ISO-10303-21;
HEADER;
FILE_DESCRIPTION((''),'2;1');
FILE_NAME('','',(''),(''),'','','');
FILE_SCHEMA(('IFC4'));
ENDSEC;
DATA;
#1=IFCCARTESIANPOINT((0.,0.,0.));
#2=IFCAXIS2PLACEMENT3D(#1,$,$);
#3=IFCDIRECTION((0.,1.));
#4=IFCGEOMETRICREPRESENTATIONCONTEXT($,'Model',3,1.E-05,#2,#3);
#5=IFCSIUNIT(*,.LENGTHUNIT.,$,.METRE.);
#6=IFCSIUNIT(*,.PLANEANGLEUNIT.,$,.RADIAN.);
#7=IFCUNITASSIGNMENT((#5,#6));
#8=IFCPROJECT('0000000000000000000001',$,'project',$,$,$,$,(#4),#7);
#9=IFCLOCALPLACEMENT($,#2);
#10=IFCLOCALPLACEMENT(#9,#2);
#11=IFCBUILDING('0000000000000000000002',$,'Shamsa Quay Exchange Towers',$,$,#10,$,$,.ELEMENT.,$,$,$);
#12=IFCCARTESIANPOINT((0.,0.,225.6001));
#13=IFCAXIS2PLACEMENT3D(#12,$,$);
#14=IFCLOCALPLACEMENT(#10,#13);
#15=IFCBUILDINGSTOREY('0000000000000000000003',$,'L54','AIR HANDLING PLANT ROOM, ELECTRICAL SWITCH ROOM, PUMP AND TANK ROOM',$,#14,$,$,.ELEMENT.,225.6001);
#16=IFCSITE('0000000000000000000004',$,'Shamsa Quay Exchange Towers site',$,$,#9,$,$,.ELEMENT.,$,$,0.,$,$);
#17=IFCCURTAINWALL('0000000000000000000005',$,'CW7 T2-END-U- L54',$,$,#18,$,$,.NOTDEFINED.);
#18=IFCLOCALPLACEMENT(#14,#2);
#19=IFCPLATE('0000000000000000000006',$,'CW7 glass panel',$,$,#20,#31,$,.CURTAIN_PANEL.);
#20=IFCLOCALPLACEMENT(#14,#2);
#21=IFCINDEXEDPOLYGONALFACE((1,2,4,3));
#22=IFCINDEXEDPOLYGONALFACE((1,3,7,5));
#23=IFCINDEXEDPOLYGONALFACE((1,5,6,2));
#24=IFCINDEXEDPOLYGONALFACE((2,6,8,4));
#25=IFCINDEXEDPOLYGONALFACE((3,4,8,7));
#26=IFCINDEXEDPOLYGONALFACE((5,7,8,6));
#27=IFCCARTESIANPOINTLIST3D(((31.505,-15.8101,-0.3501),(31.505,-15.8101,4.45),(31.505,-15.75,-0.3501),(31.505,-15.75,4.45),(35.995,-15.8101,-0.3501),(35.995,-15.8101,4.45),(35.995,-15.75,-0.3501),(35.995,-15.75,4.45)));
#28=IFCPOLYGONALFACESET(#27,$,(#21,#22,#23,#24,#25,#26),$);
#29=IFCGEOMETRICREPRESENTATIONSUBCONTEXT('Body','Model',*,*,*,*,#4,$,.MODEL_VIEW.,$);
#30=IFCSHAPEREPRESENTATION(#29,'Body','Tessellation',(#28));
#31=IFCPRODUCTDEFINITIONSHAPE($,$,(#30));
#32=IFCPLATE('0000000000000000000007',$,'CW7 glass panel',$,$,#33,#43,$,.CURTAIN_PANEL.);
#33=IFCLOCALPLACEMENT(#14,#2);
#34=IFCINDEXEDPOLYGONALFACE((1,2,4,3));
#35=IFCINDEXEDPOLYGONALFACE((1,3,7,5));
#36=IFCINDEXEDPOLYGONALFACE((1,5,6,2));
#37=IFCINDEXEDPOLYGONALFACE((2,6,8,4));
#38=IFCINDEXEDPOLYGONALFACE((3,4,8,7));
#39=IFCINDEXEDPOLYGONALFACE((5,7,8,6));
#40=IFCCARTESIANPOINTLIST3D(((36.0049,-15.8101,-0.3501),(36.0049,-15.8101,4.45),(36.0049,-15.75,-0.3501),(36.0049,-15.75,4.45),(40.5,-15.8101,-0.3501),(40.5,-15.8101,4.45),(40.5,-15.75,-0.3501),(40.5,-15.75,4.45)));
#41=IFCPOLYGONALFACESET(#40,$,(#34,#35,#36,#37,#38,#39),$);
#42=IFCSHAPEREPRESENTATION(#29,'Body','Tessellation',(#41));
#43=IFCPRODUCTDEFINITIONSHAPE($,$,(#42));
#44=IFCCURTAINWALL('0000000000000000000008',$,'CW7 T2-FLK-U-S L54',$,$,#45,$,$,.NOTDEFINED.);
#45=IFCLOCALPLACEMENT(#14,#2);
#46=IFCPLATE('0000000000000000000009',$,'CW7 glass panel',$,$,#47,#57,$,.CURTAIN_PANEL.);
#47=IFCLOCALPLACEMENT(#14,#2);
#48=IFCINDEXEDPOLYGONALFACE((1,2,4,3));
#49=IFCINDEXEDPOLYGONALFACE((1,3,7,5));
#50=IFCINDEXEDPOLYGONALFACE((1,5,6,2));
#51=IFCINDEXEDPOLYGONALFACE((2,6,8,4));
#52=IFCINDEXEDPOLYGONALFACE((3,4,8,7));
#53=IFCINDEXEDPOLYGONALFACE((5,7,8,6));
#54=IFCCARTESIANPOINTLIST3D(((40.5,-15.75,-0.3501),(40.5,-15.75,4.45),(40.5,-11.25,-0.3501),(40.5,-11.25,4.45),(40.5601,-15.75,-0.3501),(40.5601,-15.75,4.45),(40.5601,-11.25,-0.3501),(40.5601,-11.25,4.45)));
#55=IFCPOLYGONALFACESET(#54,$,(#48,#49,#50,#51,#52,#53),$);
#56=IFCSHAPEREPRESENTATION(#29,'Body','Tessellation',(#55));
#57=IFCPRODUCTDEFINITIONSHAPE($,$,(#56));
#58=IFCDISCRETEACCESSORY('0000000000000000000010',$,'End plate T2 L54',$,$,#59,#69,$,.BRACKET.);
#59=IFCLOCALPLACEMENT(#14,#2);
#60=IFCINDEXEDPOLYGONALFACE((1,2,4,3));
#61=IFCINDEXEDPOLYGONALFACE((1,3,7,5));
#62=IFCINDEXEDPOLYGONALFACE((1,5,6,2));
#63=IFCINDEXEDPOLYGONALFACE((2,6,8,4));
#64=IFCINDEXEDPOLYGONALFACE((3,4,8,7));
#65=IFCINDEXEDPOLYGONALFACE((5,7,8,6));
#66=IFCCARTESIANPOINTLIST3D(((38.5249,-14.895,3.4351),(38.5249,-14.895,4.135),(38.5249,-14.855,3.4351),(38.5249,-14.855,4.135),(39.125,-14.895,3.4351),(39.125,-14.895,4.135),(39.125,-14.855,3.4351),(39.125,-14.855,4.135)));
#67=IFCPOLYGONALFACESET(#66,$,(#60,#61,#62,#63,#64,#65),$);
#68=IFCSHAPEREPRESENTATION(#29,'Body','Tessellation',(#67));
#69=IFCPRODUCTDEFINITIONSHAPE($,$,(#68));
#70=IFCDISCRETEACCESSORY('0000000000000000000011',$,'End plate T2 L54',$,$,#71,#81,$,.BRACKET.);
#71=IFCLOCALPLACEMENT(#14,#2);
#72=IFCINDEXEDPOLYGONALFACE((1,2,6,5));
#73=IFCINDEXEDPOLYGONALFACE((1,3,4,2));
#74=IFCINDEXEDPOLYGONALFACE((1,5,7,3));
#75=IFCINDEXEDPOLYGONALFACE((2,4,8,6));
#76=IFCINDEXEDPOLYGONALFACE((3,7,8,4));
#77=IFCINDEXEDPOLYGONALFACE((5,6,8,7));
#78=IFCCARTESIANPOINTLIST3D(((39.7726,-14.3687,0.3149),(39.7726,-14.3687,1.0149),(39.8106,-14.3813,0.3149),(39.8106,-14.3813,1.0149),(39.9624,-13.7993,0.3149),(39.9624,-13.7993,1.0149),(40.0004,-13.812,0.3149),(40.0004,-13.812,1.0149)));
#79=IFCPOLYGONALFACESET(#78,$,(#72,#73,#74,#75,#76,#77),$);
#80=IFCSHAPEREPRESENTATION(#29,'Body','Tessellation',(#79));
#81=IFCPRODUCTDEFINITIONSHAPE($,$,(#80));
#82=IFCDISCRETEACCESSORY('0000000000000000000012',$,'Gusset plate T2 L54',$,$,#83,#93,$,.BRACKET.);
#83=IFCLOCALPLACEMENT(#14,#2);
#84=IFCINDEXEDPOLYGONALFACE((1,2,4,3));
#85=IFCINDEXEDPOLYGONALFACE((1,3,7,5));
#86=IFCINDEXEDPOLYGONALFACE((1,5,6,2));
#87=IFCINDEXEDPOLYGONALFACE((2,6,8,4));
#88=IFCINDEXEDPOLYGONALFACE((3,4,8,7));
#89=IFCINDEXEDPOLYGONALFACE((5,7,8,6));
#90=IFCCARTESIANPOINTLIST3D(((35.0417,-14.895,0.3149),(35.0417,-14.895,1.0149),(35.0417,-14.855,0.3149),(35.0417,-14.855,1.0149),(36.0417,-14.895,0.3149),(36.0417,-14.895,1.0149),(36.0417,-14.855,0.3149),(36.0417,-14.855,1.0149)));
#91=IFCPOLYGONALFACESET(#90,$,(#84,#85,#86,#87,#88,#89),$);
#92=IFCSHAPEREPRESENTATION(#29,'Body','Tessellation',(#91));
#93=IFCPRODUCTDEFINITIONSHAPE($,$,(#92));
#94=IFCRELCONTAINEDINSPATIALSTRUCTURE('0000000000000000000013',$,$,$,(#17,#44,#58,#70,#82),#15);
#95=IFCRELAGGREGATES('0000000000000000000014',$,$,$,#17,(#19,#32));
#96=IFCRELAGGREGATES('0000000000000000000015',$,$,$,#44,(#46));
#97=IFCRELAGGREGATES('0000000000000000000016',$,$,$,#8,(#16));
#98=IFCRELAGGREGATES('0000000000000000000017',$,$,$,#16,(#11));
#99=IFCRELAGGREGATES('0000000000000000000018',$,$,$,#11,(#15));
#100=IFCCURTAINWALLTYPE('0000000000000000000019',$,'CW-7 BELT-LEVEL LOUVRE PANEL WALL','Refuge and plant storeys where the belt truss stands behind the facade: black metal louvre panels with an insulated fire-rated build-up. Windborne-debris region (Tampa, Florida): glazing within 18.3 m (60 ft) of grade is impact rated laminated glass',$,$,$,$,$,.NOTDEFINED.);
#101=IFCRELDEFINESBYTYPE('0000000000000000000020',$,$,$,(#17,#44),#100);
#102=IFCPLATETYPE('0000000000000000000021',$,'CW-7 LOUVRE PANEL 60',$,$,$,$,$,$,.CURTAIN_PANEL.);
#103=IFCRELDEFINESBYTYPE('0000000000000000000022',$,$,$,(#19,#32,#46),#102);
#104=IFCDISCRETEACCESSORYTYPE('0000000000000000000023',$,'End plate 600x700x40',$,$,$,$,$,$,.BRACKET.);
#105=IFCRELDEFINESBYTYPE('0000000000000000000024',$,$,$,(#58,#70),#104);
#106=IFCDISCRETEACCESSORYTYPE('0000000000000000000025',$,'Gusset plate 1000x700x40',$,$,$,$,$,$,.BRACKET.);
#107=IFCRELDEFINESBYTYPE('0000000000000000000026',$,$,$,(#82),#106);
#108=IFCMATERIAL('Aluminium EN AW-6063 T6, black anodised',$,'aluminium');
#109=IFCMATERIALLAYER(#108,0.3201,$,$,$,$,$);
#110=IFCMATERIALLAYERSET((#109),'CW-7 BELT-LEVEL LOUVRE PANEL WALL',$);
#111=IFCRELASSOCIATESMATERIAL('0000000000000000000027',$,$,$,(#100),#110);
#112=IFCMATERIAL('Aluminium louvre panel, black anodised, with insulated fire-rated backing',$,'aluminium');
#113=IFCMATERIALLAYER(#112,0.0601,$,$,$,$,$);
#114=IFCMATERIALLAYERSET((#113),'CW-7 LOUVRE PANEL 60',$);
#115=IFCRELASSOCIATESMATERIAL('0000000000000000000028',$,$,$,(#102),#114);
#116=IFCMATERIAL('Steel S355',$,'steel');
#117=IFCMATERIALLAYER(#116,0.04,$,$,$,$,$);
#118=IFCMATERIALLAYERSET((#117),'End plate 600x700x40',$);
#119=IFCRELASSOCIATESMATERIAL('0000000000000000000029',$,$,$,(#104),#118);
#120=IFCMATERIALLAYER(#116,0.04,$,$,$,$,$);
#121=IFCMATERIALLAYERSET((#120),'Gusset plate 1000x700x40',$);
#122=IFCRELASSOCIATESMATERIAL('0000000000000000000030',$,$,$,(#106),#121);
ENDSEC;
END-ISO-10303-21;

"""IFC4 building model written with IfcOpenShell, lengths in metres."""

from ifc_helpers import new_model, si_unit, direction, frame, origin, origin_2d, place, context, subcontext, project, spatial, rectangle, extrude, material, layer, layer_set, type_object, element, aggregate, save


model = new_model("IFC4")

# Units and contexts
model_context = context("Model", 3, precision=1e-05, world=origin(), true_north=direction((0.0, 1.0)))
body_context = subcontext(model_context, "Body", "Model", "MODEL_VIEW")
ifc_project = project(units=[si_unit("LENGTHUNIT", "METRE"), si_unit("PLANEANGLEUNIT", "RADIAN")], contexts=[model_context])

# Site, building, storey
site_placement = place(None, origin())
site = spatial("IfcSite", under=ifc_project, at=site_placement, Name="Shamsa Quay Exchange Towers site", CompositionType="ELEMENT", RefElevation=0.0)
building_placement = place(site_placement, origin())
building = spatial("IfcBuilding", under=site, at=building_placement, Name="Shamsa Quay Exchange Towers", CompositionType="ELEMENT")
storey_placement = place(building_placement, frame((0.0, 0.0, 225.6001)))
storey = spatial("IfcBuildingStorey", under=building, at=storey_placement, Name="L54", Description="AIR HANDLING PLANT ROOM, ELECTRICAL SWITCH ROOM, PUMP AND TANK ROOM", CompositionType="ELEMENT", Elevation=225.6001)

# Shared definitions
ifc_material_1 = material(Name="Steel S355", Category="steel")

# Curtain wall, plates
ifc_material_2 = material(Name="Aluminium EN AW-6063 T6, black anodised", Category="aluminium")
ifc_layer_1 = layer(ifc_material_2, 0.3201)
ifc_layer_set_1 = layer_set([ifc_layer_1], Name="CW-7 BELT-LEVEL LOUVRE PANEL WALL")
curtain_wall_type = type_object("IfcCurtainWallType", Name="CW-7 BELT-LEVEL LOUVRE PANEL WALL", Description="Refuge and plant storeys where the belt truss stands behind the facade: black metal louvre panels with an insulated fire-rated build-up. Windborne-debris region (Tampa, Florida): glazing within 18.3 m (60 ft) of grade is impact rated laminated glass", PredefinedType="NOTDEFINED", material=ifc_layer_set_1)
curtain_wall_1_placement = place(storey_placement, origin())
curtain_wall_1 = element("IfcCurtainWall", 1, at=curtain_wall_1_placement, inside=storey, type_object=curtain_wall_type, Name="CW7 T2-END-U- L54", PredefinedType="NOTDEFINED")
ifc_material_3 = material(Name="Aluminium louvre panel, black anodised, with insulated fire-rated backing", Category="aluminium")
ifc_layer_2 = layer(ifc_material_3, 0.0601)
ifc_layer_set_2 = layer_set([ifc_layer_2], Name="CW-7 LOUVRE PANEL 60")
plate_type = type_object("IfcPlateType", Name="CW-7 LOUVRE PANEL 60", PredefinedType="CURTAIN_PANEL", material=ifc_layer_set_2)
plate_1_placement = place(storey_placement, frame((33.75, -15.78, -0.3501)))
plate_1 = element("IfcPlate", 2, at=plate_1_placement, type_object=plate_type, Name="CW7 glass panel", PredefinedType="CURTAIN_PANEL", context=body_context, shape_type="SweptSolid", body=[
    extrude(rectangle(XDim=4.49, YDim=0.0601, at=origin_2d()), origin(), (0.0, 0.0, 1.0), 4.8),
])
plate_2_placement = place(storey_placement, frame((38.2524, -15.78, -0.3501)))
plate_2 = element("IfcPlate", 3, at=plate_2_placement, type_object=plate_type, Name="CW7 glass panel", PredefinedType="CURTAIN_PANEL", context=body_context, shape_type="SweptSolid", body=[
    extrude(rectangle(XDim=4.4951, YDim=0.0601, at=origin_2d()), origin(), (0.0, 0.0, 1.0), 4.8),
])
aggregate(curtain_wall_1, [plate_1, plate_2])

# Curtain wall, plate
curtain_wall_2_placement = place(storey_placement, origin())
curtain_wall_2 = element("IfcCurtainWall", 4, at=curtain_wall_2_placement, inside=storey, type_object=curtain_wall_type, Name="CW7 T2-FLK-U-S L54", PredefinedType="NOTDEFINED")
plate_3_placement = place(storey_placement, frame((40.53, -13.5, -0.3501), z_axis=(0.0, 0.0, 1.0), x_axis=(0.0, 1.0, 0.0)))
plate_3 = element("IfcPlate", 5, at=plate_3_placement, type_object=plate_type, Name="CW7 glass panel", PredefinedType="CURTAIN_PANEL", context=body_context, shape_type="SweptSolid", body=[
    extrude(rectangle(XDim=4.5, YDim=0.0601, at=origin_2d()), origin(), (0.0, 0.0, 1.0), 4.8),
])
aggregate(curtain_wall_2, [plate_3])

# Discrete accessories
ifc_layer_3 = layer(ifc_material_1, 0.04)
ifc_layer_set_3 = layer_set([ifc_layer_3], Name="End plate 600x700x40")
discrete_accessory_type_1 = type_object("IfcDiscreteAccessoryType", Name="End plate 600x700x40", PredefinedType="BRACKET", material=ifc_layer_set_3)
discrete_accessory_1_placement = place(storey_placement, frame((38.825, -14.875, 3.4351)))
element("IfcDiscreteAccessory", 6, at=discrete_accessory_1_placement, inside=storey, type_object=discrete_accessory_type_1, Name="End plate T2 L54", PredefinedType="BRACKET", context=body_context, shape_type="SweptSolid", body=[
    extrude(rectangle(XDim=0.6001, YDim=0.04, at=origin_2d()), origin(), (0.0, 0.0, 1.0), 0.7),
])
discrete_accessory_2_placement = place(storey_placement, frame((39.8865, -14.0903, 0.3149), z_axis=(0.0, 0.0, 1.0), x_axis=(0.316228, 0.948683, 0.0)))
element("IfcDiscreteAccessory", 7, at=discrete_accessory_2_placement, inside=storey, type_object=discrete_accessory_type_1, Name="End plate T2 L54", PredefinedType="BRACKET", context=body_context, shape_type="SweptSolid", body=[
    extrude(rectangle(XDim=0.6001, YDim=0.04, at=origin_2d()), origin(), (0.0, 0.0, 1.0), 0.7),
])
ifc_layer_4 = layer(ifc_material_1, 0.04)
ifc_layer_set_4 = layer_set([ifc_layer_4], Name="Gusset plate 1000x700x40")
discrete_accessory_type_2 = type_object("IfcDiscreteAccessoryType", Name="Gusset plate 1000x700x40", PredefinedType="BRACKET", material=ifc_layer_set_4)
discrete_accessory_3_placement = place(storey_placement, frame((35.5417, -14.875, 0.3149)))
element("IfcDiscreteAccessory", 8, at=discrete_accessory_3_placement, inside=storey, type_object=discrete_accessory_type_2, Name="Gusset plate T2 L54", PredefinedType="BRACKET", context=body_context, shape_type="SweptSolid", body=[
    extrude(rectangle(XDim=1.0, YDim=0.04, at=origin_2d()), origin(), (0.0, 0.0, 1.0), 0.7),
])

save(model, "model.ifc")
